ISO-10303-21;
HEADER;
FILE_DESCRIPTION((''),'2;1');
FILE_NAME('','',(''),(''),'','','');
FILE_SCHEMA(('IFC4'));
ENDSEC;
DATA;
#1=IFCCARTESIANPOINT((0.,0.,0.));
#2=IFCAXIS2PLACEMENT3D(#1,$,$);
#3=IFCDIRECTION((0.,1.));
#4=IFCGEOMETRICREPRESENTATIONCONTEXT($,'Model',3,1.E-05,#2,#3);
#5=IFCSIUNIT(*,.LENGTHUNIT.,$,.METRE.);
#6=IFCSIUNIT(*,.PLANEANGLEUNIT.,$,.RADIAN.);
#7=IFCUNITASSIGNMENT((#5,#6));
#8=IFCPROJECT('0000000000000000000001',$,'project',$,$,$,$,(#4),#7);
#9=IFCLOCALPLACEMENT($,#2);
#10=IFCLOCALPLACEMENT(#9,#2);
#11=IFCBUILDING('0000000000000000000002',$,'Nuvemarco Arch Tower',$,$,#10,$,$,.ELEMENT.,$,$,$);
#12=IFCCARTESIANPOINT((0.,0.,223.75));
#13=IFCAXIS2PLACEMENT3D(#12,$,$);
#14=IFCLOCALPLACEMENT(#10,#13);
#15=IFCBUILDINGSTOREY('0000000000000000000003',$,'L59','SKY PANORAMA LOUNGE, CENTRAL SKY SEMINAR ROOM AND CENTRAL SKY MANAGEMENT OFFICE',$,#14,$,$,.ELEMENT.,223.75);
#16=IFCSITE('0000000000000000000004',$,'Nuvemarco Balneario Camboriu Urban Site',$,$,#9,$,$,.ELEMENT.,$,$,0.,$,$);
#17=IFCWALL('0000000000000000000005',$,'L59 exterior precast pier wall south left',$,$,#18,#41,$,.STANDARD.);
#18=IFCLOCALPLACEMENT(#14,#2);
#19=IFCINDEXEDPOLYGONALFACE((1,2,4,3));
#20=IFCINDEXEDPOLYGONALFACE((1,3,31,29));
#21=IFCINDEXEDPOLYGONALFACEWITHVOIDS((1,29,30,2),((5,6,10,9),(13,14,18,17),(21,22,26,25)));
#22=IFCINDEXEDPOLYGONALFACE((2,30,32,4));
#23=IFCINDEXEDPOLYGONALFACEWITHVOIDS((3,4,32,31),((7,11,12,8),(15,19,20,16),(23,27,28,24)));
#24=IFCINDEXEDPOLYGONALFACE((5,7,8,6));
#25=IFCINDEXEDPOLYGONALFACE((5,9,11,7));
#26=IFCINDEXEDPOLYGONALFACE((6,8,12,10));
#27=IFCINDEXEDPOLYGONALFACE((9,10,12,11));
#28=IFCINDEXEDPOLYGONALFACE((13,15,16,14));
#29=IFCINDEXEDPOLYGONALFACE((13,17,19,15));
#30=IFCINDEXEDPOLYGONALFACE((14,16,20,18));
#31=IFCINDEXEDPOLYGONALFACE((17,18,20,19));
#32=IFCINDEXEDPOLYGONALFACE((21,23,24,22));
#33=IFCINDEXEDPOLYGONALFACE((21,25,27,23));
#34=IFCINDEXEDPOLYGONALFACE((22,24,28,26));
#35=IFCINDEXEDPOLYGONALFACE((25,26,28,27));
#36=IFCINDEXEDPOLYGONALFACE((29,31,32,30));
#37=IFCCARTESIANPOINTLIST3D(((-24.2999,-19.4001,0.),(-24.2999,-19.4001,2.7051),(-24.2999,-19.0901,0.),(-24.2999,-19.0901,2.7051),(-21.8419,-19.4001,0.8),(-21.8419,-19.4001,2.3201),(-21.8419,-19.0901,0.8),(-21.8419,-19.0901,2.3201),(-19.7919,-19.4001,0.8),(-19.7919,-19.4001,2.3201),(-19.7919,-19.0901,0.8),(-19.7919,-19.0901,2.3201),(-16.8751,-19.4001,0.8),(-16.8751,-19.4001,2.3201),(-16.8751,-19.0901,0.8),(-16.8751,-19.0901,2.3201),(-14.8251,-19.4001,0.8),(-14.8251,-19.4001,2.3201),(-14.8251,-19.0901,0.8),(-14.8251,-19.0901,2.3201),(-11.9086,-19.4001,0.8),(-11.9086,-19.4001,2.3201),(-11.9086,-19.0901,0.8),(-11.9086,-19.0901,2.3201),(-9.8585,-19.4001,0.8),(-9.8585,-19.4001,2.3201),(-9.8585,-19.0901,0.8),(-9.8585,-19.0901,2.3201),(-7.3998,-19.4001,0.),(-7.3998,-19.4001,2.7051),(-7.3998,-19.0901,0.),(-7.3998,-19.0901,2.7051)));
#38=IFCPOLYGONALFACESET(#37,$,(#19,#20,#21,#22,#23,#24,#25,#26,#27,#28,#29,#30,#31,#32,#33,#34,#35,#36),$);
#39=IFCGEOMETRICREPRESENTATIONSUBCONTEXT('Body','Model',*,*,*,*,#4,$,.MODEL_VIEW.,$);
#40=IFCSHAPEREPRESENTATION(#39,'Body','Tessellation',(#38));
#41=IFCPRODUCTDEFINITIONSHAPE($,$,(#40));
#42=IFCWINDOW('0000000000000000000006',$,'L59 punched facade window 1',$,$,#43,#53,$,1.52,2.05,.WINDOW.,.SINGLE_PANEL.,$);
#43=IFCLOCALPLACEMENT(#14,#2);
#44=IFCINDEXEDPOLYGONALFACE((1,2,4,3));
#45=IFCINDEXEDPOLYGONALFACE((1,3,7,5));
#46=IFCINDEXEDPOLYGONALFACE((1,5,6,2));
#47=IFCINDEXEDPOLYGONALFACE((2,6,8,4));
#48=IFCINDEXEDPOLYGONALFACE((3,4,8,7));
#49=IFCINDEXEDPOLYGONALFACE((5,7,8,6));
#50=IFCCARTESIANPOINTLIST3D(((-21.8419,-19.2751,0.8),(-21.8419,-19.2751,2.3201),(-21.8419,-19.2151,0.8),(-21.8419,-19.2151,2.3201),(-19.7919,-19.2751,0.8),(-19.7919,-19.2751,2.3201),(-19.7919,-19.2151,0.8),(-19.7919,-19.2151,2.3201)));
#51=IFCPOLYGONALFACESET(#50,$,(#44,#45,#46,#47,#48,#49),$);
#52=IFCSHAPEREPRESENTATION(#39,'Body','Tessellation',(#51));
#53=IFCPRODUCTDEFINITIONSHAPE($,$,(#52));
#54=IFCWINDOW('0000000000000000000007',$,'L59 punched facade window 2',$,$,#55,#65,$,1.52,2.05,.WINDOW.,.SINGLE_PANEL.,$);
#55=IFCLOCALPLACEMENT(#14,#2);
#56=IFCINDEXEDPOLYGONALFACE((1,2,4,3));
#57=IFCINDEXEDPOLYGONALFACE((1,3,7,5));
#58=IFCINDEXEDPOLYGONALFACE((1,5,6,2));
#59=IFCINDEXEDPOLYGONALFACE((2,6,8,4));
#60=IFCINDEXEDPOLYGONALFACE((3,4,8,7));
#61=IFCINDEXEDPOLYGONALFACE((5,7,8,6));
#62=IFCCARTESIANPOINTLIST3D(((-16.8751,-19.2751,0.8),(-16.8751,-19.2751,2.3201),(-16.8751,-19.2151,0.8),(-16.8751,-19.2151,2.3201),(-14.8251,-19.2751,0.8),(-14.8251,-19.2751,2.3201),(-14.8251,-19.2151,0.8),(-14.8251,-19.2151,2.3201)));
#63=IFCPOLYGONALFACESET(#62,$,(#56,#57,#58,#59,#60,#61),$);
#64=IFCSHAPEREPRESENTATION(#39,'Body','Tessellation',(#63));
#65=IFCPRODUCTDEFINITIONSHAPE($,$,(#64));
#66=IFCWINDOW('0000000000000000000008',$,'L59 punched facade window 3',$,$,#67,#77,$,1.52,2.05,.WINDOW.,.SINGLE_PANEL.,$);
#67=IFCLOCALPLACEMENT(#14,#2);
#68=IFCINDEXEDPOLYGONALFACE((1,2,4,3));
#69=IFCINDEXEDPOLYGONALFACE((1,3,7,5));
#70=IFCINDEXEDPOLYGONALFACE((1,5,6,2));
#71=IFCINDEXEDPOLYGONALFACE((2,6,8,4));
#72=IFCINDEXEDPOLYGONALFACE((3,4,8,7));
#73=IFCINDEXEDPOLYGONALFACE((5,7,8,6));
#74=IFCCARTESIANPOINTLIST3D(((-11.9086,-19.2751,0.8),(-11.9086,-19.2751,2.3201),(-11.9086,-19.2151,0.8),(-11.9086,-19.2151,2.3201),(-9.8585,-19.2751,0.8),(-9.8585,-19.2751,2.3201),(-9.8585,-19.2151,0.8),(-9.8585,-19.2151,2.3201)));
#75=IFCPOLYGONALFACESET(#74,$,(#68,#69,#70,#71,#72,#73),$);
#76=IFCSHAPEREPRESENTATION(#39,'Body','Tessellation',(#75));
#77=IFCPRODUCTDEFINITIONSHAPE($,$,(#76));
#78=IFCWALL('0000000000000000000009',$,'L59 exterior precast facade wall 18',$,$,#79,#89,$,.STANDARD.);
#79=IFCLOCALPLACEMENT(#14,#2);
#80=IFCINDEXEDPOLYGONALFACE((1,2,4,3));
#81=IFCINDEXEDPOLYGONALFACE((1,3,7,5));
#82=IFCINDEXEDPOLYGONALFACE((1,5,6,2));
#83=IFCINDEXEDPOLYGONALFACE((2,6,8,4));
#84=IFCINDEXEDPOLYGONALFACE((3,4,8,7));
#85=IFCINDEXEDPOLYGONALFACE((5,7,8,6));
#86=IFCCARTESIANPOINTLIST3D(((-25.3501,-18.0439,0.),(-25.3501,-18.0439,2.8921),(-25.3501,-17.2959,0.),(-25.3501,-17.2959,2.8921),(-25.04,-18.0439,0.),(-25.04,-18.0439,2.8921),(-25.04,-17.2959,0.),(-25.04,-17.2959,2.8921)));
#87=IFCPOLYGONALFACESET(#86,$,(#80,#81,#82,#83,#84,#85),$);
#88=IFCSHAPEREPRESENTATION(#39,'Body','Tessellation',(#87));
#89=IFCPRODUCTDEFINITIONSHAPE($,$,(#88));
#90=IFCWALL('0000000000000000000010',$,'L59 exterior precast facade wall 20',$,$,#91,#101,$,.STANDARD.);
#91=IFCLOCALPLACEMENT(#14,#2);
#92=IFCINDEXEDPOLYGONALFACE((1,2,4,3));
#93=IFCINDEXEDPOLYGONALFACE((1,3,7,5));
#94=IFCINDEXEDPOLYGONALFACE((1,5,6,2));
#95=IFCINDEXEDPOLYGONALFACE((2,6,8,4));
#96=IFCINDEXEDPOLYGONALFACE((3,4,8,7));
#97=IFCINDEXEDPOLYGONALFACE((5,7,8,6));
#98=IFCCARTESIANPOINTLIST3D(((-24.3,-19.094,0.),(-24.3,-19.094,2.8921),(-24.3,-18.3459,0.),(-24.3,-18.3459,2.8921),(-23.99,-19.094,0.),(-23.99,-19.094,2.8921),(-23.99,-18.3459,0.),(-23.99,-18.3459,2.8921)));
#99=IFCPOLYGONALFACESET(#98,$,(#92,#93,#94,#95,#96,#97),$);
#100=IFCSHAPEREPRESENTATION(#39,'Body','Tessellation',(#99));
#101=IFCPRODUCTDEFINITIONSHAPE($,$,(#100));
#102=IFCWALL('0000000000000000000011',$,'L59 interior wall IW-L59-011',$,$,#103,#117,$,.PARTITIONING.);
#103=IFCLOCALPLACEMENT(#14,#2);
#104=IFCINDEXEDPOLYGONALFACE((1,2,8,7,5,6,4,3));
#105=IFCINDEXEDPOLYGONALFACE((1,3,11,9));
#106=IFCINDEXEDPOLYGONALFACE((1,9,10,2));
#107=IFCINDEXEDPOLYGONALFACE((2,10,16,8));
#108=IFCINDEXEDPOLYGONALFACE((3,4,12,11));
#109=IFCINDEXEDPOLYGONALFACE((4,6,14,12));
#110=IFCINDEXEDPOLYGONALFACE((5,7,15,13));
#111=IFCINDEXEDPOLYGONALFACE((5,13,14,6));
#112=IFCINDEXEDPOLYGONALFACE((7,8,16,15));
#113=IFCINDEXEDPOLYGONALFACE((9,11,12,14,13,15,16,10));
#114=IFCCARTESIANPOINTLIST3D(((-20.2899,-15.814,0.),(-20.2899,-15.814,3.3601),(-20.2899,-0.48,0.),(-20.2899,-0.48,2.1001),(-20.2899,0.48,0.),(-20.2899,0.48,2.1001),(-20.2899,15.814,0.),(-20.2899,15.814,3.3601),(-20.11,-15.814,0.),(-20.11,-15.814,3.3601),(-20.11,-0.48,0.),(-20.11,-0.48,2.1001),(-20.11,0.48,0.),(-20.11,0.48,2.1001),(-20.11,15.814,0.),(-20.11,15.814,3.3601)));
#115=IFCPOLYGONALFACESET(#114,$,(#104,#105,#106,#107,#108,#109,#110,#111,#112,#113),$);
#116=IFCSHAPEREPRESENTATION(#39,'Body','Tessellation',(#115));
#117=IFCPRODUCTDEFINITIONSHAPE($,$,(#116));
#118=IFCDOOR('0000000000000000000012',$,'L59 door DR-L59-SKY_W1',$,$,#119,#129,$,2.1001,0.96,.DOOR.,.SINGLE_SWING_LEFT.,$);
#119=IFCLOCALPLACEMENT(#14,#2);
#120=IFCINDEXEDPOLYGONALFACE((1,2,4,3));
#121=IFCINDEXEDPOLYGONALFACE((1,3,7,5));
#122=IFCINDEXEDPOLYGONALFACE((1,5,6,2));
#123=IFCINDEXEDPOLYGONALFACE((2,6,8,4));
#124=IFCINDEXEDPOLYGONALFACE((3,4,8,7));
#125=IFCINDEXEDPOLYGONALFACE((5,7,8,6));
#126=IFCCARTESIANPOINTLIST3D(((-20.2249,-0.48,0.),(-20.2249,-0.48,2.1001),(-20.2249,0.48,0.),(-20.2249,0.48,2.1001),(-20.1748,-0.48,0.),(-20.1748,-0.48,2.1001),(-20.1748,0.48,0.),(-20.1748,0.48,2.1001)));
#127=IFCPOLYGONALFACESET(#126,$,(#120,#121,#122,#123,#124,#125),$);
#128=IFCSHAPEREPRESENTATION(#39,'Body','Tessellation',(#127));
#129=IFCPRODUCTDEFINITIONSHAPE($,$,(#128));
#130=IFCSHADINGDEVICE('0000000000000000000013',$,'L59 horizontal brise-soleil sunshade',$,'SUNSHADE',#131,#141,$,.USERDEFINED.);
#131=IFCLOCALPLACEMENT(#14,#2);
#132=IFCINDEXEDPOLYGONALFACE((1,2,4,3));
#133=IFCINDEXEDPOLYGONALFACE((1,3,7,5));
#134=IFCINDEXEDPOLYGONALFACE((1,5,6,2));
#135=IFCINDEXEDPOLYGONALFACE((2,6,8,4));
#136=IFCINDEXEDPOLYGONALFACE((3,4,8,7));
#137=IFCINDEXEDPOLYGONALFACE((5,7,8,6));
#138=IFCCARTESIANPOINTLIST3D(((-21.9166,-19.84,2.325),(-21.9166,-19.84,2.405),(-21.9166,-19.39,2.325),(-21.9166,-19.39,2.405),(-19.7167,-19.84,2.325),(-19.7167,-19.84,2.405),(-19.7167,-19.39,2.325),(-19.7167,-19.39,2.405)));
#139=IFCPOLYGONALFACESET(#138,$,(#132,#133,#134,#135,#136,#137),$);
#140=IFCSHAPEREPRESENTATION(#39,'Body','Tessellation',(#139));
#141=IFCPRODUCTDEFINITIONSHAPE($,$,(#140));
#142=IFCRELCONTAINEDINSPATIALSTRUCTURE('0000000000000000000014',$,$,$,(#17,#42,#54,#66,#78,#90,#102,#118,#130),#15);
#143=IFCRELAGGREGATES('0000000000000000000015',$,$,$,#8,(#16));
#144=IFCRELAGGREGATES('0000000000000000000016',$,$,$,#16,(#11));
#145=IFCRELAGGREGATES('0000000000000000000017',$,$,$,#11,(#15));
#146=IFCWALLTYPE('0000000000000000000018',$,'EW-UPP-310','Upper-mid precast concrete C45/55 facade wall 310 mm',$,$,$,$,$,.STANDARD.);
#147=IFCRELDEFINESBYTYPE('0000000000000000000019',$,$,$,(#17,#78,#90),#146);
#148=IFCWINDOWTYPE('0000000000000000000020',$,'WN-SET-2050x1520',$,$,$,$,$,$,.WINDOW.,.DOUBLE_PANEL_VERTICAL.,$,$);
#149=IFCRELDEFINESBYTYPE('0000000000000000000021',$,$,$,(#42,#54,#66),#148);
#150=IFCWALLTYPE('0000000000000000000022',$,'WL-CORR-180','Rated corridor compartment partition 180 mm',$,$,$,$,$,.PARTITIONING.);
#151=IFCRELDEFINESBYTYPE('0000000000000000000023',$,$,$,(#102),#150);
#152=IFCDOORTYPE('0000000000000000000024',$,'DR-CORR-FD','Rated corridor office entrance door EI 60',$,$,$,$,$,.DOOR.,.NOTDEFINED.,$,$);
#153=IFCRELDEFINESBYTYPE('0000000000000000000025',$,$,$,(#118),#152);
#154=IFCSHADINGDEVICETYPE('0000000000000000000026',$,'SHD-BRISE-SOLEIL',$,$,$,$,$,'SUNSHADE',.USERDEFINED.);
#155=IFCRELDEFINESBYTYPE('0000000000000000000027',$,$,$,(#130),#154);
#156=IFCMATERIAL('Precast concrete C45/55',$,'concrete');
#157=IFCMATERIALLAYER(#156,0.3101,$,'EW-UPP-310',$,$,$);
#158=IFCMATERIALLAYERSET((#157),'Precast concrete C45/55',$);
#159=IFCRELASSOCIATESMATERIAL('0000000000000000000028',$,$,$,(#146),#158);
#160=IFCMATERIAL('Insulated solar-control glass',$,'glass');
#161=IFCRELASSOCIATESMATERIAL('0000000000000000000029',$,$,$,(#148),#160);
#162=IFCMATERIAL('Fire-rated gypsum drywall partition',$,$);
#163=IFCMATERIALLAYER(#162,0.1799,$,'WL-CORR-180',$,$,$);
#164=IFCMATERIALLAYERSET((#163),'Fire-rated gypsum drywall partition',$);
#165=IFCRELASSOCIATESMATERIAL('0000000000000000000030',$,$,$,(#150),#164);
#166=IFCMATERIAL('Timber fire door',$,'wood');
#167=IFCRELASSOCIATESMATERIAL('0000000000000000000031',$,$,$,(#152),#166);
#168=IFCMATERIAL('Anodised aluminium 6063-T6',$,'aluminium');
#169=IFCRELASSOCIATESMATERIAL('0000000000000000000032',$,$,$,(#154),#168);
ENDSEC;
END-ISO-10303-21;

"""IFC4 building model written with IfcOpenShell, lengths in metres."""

from ifc_helpers import new_model, si_unit, direction, frame, frame_2d, origin, origin_2d, place, context, subcontext, project, spatial, rectangle, extrude, source, transform, mapped, material, layer, layer_set, type_object, type_shapes, element, fill, save


model = new_model("IFC4")

# Units and contexts
model_context = context("Model", 3, precision=1e-05, world=origin(), true_north=direction((0.0, 1.0)))
body_context = subcontext(model_context, "Body", "Model", "MODEL_VIEW")
ifc_project = project(units=[si_unit("LENGTHUNIT", "METRE"), si_unit("PLANEANGLEUNIT", "RADIAN")], contexts=[model_context])

# Site, building, storey
site_placement = place(None, origin())
site = spatial("IfcSite", under=ifc_project, at=site_placement, Name="Nuvemarco Balneario Camboriu Urban Site", CompositionType="ELEMENT", RefElevation=0.0)
building_placement = place(site_placement, origin())
building = spatial("IfcBuilding", under=site, at=building_placement, Name="Nuvemarco Arch Tower", CompositionType="ELEMENT")
storey_placement = place(building_placement, frame((0.0, 0.0, 223.75)))
storey = spatial("IfcBuildingStorey", under=building, at=storey_placement, Name="L59", Description="SKY PANORAMA LOUNGE, CENTRAL SKY SEMINAR ROOM AND CENTRAL SKY MANAGEMENT OFFICE", CompositionType="ELEMENT", Elevation=223.75)

# Wall, openings, windows
ifc_material_1 = material(Name="Precast concrete C45/55", Category="concrete")
ifc_layer_1 = layer(ifc_material_1, 0.3101, Name="EW-UPP-310")
ifc_layer_set_1 = layer_set([ifc_layer_1], Name="Precast concrete C45/55")
wall_type_1 = type_object("IfcWallType", Name="EW-UPP-310", Description="Upper-mid precast concrete C45/55 facade wall 310 mm", PredefinedType="STANDARD", material=ifc_layer_set_1)
wall_1_placement = place(storey_placement, frame((-24.3, -19.2451, 0.0), z_axis=(0.0, 0.0, 1.0), x_axis=(1.0, 0.0, 0.0)))
wall_1 = element("IfcWall", 1, at=wall_1_placement, inside=storey, type_object=wall_type_1, Name="L59 exterior precast pier wall south left", PredefinedType="STANDARD", context=body_context, shape_type="SweptSolid", body=[
    extrude(rectangle(XDim=16.9001, YDim=0.3101, at=frame_2d((8.4502, 0.0))), origin(), (0.0, 0.0, 1.0), 2.7051),
])
opening_1_placement = place(wall_1_placement, frame((2.4583, 0.0, 0.8)))
opening_1 = element("IfcOpeningElement", 2, at=opening_1_placement, cuts=wall_1, PredefinedType="OPENING", context=body_context, shape_type="SweptSolid", body=[
    extrude(rectangle(XDim=2.05, YDim=1.52, at=frame_2d((1.0249, 0.76))), frame((0.0, 0.165, 0.0), z_axis=(0.0, -1.0, 0.0), x_axis=(1.0, 0.0, 0.0)), (0.0, 0.0, 1.0), 0.3301),
])
opening_2_placement = place(wall_1_placement, frame((7.425, 0.0, 0.8)))
opening_2 = element("IfcOpeningElement", 3, at=opening_2_placement, cuts=wall_1, PredefinedType="OPENING", context=body_context, shape_type="SweptSolid", body=[
    extrude(rectangle(XDim=2.05, YDim=1.52, at=frame_2d((1.0249, 0.76))), frame((0.0, 0.165, 0.0), z_axis=(0.0, -1.0, 0.0), x_axis=(1.0, 0.0, 0.0)), (0.0, 0.0, 1.0), 0.3301),
])
opening_3_placement = place(wall_1_placement, frame((12.3916, 0.0, 0.8)))
opening_3 = element("IfcOpeningElement", 4, at=opening_3_placement, cuts=wall_1, PredefinedType="OPENING", context=body_context, shape_type="SweptSolid", body=[
    extrude(rectangle(XDim=2.05, YDim=1.52, at=frame_2d((1.0249, 0.76))), frame((0.0, 0.165, 0.0), z_axis=(0.0, -1.0, 0.0), x_axis=(1.0, 0.0, 0.0)), (0.0, 0.0, 1.0), 0.3301),
])
ifc_material_2 = material(Name="Insulated solar-control glass", Category="glass")
window_type = type_object("IfcWindowType", Name="WN-SET-2050x1520", PartitioningType="DOUBLE_PANEL_VERTICAL", PredefinedType="WINDOW", material=ifc_material_2)
shared_shape_1 = source(origin(), body_context, "Body", "SweptSolid", [
    extrude(rectangle(XDim=2.05, YDim=1.52, at=frame_2d((1.0249, 0.76))), frame((0.0, 0.03, 0.0), z_axis=(0.0, -1.0, 0.0), x_axis=(1.0, 0.0, 0.0)), (0.0, 0.0, 1.0), 0.0601),
])
type_shapes(window_type, [shared_shape_1])
window_1_placement = place(opening_1_placement, origin())
window_1 = element("IfcWindow", 5, at=window_1_placement, inside=storey, type_object=window_type, Name="L59 punched facade window 1", OverallHeight=1.52, OverallWidth=2.05, PartitioningType="SINGLE_PANEL", PredefinedType="WINDOW", context=body_context, shape_type="MappedRepresentation", body=[
    mapped(shared_shape_1, transform((0.0, 0.0, 0.0), scale=1.0)),
])
fill(opening_1, window_1)
window_2_placement = place(opening_2_placement, origin())
window_2 = element("IfcWindow", 6, at=window_2_placement, inside=storey, type_object=window_type, Name="L59 punched facade window 2", OverallHeight=1.52, OverallWidth=2.05, PartitioningType="SINGLE_PANEL", PredefinedType="WINDOW", context=body_context, shape_type="MappedRepresentation", body=[
    mapped(shared_shape_1, transform((0.0, 0.0, 0.0), scale=1.0)),
])
fill(opening_2, window_2)
window_3_placement = place(opening_3_placement, origin())
window_3 = element("IfcWindow", 7, at=window_3_placement, inside=storey, type_object=window_type, Name="L59 punched facade window 3", OverallHeight=1.52, OverallWidth=2.05, PartitioningType="SINGLE_PANEL", PredefinedType="WINDOW", context=body_context, shape_type="MappedRepresentation", body=[
    mapped(shared_shape_1, transform((0.0, 0.0, 0.0), scale=1.0)),
])
fill(opening_3, window_3)

# Walls
for number, where, z_axis, x_axis, name in (
    (8, (-25.1951, -18.0439, 0.0), (0.0, 0.0, 1.0), (0.0, 1.0, 0.0), "L59 exterior precast facade wall 18"),
    (9, (-24.145, -19.094, 0.0), (0.0, 0.0, 1.0), (0.0, 1.0, 0.0), "L59 exterior precast facade wall 20"),
):
    element("IfcWall", number, at=place(storey_placement, frame(where, z_axis=z_axis, x_axis=x_axis)), inside=storey, type_object=wall_type_1, Name=name, PredefinedType="STANDARD", context=body_context, shape_type="SweptSolid", body=[
        extrude(rectangle(XDim=0.748, YDim=0.3101, at=frame_2d((0.374, 0.0))), origin(), (0.0, 0.0, 1.0), 2.8921),
    ])

# Wall, opening, door
ifc_material_3 = material(Name="Fire-rated gypsum drywall partition")
ifc_layer_2 = layer(ifc_material_3, 0.1799, Name="WL-CORR-180")
ifc_layer_set_2 = layer_set([ifc_layer_2], Name="Fire-rated gypsum drywall partition")
wall_type_2 = type_object("IfcWallType", Name="WL-CORR-180", Description="Rated corridor compartment partition 180 mm", PredefinedType="PARTITIONING", material=ifc_layer_set_2)
wall_2_placement = place(storey_placement, frame((-20.2, -15.814, 0.0), z_axis=(0.0, 0.0, 1.0), x_axis=(0.0, 1.0, 0.0)))
wall_2 = element("IfcWall", 10, at=wall_2_placement, inside=storey, type_object=wall_type_2, Name="L59 interior wall IW-L59-011", PredefinedType="PARTITIONING", context=body_context, shape_type="SweptSolid", body=[
    extrude(rectangle(XDim=31.6279, YDim=0.1799, at=frame_2d((15.814, 0.0))), origin(), (0.0, 0.0, 1.0), 3.3601),
])
opening_4_placement = place(wall_2_placement, frame((15.334, 0.0, 0.0)))
opening_4 = element("IfcOpeningElement", 11, at=opening_4_placement, cuts=wall_2, PredefinedType="OPENING", context=body_context, shape_type="SweptSolid", body=[
    extrude(rectangle(XDim=0.96, YDim=2.1001, at=frame_2d((0.48, 1.05))), frame((0.0, 0.0999, 0.0), z_axis=(0.0, -1.0, 0.0), x_axis=(1.0, 0.0, 0.0)), (0.0, 0.0, 1.0), 0.2),
])
ifc_material_4 = material(Name="Timber fire door", Category="wood")
door_type = type_object("IfcDoorType", Name="DR-CORR-FD", Description="Rated corridor office entrance door EI 60", OperationType="NOTDEFINED", PredefinedType="DOOR", material=ifc_material_4)
shared_shape_2 = source(origin(), body_context, "Body", "SweptSolid", [
    extrude(rectangle(XDim=0.96, YDim=2.1001, at=frame_2d((0.48, 1.05))), frame((0.0, 0.0249, 0.0), z_axis=(0.0, -1.0, 0.0), x_axis=(1.0, 0.0, 0.0)), (0.0, 0.0, 1.0), 0.05),
])
type_shapes(door_type, [shared_shape_2])
door_placement = place(opening_4_placement, origin())
door = element("IfcDoor", 12, at=door_placement, inside=storey, type_object=door_type, Name="L59 door DR-L59-SKY_W1", OperationType="SINGLE_SWING_LEFT", OverallHeight=2.1001, OverallWidth=0.96, PredefinedType="DOOR", context=body_context, shape_type="MappedRepresentation", body=[
    mapped(shared_shape_2, transform((0.0, 0.0, 0.0), scale=1.0)),
])
fill(opening_4, door)

# Shading device
ifc_material_5 = material(Name="Anodised aluminium 6063-T6", Category="aluminium")
shading_device_type = type_object("IfcShadingDeviceType", Name="SHD-BRISE-SOLEIL", ElementType="SUNSHADE", PredefinedType="USERDEFINED", material=ifc_material_5)
shared_shape_3 = source(origin(), body_context, "Body", "SweptSolid", [
    extrude(rectangle(XDim=2.2, YDim=0.45, at=origin_2d()), origin(), (0.0, 0.0, 1.0), 0.0801),
])
type_shapes(shading_device_type, [shared_shape_3])
shading_device_placement = place(storey_placement, frame((-20.8167, -19.615, 2.325), z_axis=(0.0, 0.0, 1.0), x_axis=(1.0, 0.0, 0.0)))
element("IfcShadingDevice", 13, at=shading_device_placement, inside=storey, type_object=shading_device_type, Name="L59 horizontal brise-soleil sunshade", ObjectType="SUNSHADE", PredefinedType="USERDEFINED", context=body_context, shape_type="MappedRepresentation", body=[
    mapped(shared_shape_3, transform((0.0, 0.0, 0.0), scale=1.0)),
])

save(model, "model.ifc")
